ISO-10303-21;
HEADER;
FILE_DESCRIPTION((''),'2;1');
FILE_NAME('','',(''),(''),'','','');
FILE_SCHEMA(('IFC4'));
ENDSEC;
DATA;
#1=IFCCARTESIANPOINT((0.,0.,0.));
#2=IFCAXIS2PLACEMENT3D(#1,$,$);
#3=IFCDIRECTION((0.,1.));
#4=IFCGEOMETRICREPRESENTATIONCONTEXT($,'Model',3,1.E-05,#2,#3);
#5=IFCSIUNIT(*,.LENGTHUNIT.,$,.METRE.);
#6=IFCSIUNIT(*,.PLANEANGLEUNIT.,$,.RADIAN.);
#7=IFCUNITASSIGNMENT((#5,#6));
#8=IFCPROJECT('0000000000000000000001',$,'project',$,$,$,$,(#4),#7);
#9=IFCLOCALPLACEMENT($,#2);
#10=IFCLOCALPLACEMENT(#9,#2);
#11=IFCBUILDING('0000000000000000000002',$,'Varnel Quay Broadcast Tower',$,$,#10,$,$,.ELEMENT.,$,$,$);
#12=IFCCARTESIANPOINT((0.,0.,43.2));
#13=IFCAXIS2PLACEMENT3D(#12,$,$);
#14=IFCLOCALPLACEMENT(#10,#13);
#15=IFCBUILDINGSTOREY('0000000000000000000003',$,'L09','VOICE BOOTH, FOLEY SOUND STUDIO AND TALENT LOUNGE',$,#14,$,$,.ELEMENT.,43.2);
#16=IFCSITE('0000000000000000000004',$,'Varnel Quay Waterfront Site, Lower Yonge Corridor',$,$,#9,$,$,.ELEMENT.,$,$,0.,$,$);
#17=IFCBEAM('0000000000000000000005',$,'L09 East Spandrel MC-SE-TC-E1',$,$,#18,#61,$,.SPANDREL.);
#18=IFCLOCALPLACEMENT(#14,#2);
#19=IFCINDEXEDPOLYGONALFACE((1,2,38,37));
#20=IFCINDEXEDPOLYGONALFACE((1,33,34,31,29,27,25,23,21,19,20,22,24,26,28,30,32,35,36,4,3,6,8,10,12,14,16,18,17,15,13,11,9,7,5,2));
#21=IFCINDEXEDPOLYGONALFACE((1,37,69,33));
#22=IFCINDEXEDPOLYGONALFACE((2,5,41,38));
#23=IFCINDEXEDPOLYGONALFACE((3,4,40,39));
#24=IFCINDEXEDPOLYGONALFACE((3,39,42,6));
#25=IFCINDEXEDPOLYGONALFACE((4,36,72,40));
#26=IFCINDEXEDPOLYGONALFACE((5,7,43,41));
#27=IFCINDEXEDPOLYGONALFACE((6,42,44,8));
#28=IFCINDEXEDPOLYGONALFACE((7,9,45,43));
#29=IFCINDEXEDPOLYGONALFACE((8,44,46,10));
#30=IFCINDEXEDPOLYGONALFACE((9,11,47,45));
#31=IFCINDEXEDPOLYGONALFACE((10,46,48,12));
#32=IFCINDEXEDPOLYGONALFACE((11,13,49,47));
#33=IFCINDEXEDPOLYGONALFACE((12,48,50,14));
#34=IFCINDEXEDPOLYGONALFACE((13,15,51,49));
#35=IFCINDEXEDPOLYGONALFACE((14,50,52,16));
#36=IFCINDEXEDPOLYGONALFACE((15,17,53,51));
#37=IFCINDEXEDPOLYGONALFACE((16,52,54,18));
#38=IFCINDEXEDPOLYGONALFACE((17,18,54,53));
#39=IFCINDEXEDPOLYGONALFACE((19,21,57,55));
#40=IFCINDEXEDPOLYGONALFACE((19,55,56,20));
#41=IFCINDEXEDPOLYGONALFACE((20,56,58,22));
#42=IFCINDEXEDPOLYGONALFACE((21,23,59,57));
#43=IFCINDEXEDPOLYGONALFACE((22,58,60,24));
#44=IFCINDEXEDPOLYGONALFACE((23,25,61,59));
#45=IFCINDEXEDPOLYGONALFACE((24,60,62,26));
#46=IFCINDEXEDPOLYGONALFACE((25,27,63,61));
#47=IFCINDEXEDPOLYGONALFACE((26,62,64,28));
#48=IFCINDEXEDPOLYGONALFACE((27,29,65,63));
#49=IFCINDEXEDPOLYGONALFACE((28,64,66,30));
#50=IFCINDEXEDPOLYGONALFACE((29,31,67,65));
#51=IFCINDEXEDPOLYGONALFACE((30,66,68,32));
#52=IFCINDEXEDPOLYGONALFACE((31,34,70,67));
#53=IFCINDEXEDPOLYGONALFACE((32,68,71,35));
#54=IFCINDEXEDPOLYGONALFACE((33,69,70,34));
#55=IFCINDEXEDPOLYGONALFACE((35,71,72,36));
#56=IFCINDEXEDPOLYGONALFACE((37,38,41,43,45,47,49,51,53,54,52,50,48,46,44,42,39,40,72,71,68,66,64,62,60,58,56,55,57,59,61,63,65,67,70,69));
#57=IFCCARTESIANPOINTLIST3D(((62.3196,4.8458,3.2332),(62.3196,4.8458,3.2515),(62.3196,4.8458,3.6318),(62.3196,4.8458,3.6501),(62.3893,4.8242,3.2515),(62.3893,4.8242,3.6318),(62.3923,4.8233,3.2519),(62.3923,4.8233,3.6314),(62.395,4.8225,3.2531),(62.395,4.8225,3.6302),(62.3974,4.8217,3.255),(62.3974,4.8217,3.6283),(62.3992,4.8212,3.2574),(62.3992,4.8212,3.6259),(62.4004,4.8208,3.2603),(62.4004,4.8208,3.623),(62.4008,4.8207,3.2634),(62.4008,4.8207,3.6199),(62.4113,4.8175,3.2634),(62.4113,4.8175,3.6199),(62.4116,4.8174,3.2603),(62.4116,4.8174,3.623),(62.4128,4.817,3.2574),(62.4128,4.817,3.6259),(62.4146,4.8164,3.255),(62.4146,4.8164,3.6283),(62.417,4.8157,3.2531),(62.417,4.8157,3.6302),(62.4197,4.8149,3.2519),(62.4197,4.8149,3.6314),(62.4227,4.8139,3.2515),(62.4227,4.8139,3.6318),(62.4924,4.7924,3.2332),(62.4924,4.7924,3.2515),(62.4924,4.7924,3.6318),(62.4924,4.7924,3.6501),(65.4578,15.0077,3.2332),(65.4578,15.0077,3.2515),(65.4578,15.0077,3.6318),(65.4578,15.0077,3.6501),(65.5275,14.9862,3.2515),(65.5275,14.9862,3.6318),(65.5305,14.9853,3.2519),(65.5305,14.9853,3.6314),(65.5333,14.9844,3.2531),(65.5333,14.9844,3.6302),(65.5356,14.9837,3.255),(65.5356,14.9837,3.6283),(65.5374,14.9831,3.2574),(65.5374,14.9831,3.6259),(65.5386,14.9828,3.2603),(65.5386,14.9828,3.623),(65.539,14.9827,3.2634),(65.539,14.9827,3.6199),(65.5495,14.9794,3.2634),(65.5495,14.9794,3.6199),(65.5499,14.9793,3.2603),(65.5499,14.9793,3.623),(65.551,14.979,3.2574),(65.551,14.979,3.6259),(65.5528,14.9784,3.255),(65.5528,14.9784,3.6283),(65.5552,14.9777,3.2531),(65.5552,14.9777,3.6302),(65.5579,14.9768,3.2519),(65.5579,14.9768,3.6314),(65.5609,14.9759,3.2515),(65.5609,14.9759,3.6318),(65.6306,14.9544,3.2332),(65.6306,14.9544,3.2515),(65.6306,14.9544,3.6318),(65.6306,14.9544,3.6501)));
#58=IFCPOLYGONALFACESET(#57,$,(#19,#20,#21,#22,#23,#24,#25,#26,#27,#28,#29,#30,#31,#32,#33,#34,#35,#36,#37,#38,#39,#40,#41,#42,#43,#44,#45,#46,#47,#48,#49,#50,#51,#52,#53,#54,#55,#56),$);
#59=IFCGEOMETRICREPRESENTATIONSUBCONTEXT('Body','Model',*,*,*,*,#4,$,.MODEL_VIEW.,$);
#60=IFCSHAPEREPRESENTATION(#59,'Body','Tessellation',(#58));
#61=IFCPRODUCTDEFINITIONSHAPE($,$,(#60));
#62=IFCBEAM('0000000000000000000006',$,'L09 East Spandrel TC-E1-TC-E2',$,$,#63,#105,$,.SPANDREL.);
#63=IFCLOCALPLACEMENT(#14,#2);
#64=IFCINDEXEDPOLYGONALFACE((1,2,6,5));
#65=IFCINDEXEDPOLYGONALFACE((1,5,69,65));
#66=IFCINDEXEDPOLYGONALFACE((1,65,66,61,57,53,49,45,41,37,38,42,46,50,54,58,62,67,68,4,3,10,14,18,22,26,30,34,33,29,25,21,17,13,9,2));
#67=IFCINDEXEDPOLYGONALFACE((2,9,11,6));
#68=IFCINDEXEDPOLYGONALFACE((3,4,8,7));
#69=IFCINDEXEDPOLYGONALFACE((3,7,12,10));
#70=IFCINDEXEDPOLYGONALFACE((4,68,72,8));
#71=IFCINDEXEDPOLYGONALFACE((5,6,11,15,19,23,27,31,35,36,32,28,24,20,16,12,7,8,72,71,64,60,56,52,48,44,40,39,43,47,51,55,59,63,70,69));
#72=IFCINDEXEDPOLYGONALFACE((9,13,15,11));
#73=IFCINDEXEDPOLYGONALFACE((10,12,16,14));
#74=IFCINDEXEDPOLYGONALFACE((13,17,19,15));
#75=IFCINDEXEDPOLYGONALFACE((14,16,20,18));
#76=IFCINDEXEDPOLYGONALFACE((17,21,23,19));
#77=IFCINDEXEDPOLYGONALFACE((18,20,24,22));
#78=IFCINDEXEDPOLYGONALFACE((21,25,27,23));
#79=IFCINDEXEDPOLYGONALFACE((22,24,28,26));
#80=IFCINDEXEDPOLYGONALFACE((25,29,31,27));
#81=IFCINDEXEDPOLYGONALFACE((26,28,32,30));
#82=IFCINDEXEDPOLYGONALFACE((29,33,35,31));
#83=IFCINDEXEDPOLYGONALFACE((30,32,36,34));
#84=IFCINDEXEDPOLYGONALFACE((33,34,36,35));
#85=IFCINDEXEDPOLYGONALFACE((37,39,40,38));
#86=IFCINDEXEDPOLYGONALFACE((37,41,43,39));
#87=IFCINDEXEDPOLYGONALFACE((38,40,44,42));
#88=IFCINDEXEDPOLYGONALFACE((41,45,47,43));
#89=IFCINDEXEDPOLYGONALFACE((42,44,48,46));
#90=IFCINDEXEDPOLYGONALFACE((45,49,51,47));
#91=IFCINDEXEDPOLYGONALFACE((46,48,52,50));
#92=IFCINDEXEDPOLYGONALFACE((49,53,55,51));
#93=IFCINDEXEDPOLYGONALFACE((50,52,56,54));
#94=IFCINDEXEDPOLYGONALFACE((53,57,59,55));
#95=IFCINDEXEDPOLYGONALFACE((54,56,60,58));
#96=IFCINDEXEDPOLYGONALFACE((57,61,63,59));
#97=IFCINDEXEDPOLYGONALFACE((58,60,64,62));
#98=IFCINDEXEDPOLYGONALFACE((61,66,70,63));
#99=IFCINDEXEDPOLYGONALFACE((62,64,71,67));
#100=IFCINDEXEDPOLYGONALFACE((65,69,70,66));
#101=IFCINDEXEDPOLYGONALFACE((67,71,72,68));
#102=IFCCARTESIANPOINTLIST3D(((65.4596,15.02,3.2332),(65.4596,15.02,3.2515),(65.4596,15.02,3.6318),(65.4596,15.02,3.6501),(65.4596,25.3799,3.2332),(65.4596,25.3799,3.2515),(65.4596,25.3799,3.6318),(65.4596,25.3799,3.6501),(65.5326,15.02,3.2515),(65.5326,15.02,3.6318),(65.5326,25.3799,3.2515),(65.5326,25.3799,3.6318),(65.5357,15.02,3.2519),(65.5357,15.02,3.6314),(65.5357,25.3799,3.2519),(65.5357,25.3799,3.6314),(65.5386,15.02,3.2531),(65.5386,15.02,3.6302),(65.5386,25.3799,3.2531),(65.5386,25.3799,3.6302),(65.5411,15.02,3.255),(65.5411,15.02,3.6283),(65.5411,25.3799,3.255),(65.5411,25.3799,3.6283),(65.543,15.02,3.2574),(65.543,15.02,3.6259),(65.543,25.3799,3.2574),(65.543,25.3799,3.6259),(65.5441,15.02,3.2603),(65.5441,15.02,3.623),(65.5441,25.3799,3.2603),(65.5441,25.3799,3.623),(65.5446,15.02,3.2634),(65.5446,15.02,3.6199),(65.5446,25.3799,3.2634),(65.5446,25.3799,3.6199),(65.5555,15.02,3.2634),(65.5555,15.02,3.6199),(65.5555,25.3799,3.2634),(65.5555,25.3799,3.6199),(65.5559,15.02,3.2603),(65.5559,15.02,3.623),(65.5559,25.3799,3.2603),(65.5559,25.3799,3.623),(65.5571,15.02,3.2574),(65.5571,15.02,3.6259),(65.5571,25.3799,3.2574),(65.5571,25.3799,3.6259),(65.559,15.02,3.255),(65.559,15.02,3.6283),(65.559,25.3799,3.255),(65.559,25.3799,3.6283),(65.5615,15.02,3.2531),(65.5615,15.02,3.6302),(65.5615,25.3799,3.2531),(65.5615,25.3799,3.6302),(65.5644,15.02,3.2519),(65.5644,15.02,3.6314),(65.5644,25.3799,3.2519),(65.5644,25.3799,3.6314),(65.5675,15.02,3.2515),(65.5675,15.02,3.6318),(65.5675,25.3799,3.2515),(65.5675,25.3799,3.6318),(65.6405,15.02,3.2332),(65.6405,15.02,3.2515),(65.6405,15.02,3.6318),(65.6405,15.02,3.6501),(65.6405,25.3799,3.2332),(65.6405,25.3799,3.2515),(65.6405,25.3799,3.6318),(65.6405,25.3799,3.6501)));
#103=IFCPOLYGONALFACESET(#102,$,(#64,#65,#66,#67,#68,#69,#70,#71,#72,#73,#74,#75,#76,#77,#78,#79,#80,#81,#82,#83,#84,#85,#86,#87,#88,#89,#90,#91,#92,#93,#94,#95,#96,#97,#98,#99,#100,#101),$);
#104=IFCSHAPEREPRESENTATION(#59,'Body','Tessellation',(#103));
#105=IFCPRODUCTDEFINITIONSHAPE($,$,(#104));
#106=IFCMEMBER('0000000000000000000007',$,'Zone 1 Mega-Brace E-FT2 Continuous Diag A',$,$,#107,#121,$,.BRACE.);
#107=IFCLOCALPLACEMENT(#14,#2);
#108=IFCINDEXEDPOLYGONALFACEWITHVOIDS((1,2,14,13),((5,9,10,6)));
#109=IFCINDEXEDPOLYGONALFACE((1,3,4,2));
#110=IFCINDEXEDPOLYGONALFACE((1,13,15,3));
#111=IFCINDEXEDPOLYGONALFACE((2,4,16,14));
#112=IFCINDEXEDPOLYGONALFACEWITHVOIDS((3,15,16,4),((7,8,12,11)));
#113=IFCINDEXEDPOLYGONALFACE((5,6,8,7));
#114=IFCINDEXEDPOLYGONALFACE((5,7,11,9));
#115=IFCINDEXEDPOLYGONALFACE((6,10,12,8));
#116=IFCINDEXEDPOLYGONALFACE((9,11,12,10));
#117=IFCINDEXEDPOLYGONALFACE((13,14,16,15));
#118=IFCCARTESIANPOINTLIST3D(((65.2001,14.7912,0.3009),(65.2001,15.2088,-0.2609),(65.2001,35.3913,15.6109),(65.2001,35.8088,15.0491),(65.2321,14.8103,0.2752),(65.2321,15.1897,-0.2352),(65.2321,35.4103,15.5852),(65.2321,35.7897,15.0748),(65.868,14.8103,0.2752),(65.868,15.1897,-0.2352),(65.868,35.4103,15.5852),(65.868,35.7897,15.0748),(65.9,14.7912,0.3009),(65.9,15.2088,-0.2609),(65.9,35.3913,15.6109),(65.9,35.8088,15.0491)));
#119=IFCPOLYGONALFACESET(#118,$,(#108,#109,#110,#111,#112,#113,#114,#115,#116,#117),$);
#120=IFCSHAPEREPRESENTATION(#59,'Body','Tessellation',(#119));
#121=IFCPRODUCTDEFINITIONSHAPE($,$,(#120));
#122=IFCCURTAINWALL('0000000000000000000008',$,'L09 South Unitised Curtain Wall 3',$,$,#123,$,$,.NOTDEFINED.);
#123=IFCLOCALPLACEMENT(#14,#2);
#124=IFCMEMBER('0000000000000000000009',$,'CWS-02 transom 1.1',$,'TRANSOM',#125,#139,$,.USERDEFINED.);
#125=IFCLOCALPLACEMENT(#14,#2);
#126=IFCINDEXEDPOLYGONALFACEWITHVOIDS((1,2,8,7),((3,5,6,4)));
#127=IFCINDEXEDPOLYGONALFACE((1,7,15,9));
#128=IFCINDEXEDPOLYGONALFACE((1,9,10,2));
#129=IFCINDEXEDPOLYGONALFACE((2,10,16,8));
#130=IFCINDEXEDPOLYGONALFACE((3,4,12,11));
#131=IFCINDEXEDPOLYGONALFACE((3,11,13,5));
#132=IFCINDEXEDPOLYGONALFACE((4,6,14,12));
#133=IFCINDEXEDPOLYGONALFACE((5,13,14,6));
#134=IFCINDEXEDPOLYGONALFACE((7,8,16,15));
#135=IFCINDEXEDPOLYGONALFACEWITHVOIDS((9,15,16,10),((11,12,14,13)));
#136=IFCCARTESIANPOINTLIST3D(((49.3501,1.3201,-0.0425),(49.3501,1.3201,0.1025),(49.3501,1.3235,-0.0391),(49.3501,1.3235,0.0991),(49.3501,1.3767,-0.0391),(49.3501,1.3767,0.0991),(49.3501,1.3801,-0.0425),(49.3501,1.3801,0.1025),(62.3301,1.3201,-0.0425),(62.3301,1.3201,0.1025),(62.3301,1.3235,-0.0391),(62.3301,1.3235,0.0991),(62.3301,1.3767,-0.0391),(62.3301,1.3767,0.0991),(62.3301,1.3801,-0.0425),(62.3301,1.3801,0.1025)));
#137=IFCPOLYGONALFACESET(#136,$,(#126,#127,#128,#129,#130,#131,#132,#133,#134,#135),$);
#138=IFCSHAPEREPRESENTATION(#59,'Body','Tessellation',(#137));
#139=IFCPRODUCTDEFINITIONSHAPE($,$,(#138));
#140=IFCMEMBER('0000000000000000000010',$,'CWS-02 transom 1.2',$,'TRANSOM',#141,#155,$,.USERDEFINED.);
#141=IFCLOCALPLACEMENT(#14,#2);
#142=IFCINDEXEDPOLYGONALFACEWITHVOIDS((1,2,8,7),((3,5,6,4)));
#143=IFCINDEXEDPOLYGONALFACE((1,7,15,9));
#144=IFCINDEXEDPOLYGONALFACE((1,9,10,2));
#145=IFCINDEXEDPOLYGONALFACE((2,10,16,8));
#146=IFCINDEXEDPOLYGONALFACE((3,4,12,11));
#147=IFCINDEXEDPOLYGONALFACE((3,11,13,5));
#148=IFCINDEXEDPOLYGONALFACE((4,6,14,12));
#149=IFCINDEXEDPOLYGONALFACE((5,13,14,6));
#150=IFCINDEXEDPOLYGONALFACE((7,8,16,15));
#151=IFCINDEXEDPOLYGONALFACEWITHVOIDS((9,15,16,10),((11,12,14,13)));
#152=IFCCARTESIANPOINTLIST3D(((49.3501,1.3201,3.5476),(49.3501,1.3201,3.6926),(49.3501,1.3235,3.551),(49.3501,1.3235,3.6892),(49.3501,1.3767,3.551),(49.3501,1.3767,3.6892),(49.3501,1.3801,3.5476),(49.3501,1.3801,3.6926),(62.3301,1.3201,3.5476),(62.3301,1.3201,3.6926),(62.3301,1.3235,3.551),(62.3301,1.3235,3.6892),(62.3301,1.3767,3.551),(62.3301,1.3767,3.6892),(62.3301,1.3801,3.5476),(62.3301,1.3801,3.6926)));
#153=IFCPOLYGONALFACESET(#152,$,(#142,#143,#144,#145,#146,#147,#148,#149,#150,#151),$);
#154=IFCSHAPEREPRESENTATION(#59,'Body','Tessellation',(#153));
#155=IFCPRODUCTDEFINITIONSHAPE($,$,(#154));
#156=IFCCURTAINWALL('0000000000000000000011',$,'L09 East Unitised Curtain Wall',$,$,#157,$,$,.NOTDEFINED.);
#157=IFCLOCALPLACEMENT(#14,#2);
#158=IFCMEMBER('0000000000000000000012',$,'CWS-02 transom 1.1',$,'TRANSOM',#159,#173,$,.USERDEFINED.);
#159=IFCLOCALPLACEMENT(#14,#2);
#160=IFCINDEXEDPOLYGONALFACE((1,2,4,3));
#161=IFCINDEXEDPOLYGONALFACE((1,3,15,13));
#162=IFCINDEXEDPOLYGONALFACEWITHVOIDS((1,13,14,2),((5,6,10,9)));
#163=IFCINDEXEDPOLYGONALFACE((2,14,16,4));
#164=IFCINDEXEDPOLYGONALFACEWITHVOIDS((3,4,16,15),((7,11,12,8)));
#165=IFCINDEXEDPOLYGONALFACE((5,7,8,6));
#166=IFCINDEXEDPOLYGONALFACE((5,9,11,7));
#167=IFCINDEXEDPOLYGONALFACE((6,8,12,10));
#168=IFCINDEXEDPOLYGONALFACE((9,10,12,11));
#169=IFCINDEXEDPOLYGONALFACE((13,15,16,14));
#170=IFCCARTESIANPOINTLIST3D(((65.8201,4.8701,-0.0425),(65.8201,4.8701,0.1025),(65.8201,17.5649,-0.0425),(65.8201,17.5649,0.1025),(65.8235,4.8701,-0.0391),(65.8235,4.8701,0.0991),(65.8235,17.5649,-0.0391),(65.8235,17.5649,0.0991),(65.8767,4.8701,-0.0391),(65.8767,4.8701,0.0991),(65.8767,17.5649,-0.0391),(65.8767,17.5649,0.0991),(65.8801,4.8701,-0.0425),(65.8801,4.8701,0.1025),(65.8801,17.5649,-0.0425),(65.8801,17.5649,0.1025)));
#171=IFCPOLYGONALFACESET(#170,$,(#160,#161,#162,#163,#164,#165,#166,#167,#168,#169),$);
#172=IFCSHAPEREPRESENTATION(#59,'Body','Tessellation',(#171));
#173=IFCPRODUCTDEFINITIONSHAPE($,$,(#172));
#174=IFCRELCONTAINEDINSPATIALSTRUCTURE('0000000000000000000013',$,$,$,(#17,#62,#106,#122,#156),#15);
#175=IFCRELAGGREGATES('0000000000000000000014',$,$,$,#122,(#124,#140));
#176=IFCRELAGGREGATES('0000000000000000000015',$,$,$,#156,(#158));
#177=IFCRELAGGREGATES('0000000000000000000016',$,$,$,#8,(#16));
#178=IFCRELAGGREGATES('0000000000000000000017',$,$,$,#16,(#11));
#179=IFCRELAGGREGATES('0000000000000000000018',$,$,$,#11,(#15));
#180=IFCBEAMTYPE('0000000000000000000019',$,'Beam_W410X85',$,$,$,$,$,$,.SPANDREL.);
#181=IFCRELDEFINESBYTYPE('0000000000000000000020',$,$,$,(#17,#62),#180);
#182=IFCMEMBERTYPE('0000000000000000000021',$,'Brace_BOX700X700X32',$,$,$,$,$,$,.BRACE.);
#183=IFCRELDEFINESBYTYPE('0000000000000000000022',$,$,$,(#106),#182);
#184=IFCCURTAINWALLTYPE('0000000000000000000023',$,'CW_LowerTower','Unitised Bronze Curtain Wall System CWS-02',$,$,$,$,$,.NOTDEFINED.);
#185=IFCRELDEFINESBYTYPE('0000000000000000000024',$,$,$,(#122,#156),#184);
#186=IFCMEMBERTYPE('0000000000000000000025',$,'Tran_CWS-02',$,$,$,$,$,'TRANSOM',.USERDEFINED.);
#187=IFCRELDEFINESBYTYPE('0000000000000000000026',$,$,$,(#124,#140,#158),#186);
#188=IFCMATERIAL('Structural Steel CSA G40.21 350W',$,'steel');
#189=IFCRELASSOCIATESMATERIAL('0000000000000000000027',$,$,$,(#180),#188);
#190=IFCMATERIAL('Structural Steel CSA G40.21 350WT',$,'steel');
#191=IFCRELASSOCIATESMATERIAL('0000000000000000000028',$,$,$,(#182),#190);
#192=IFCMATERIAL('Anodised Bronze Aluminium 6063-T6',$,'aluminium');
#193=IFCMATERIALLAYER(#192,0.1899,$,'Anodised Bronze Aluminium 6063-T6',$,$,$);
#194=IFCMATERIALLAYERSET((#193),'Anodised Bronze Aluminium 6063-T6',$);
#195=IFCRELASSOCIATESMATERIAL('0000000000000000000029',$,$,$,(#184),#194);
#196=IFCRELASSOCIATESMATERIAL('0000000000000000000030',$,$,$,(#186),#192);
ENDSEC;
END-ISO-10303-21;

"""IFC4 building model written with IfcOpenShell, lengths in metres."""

from ifc_helpers import new_model, si_unit, direction, frame, origin, origin_2d, place, context, subcontext, project, spatial, hollow_rectangle, i_section, extrude, source, transform, mapped, material, layer, layer_set, material_profile, profile_set, type_object, type_shapes, element, aggregate, save


model = new_model("IFC4")

# Units and contexts
model_context = context("Model", 3, precision=1e-05, world=origin(), true_north=direction((0.0, 1.0)))
body_context = subcontext(model_context, "Body", "Model", "MODEL_VIEW")
ifc_project = project(units=[si_unit("LENGTHUNIT", "METRE"), si_unit("PLANEANGLEUNIT", "RADIAN")], contexts=[model_context])

# Site, building, storey
site_placement = place(None, origin())
site = spatial("IfcSite", under=ifc_project, at=site_placement, Name="Varnel Quay Waterfront Site, Lower Yonge Corridor", CompositionType="ELEMENT", RefElevation=0.0)
building_placement = place(site_placement, origin())
building = spatial("IfcBuilding", under=site, at=building_placement, Name="Varnel Quay Broadcast Tower", CompositionType="ELEMENT")
storey_placement = place(building_placement, frame((0.0, 0.0, 43.2)))
storey = spatial("IfcBuildingStorey", under=building, at=storey_placement, Name="L09", Description="VOICE BOOTH, FOLEY SOUND STUDIO AND TALENT LOUNGE", CompositionType="ELEMENT", Elevation=43.2)

# Shared definitions
ifc_material_1 = material(Name="Structural Steel CSA G40.21 350WT", Category="steel")
ifc_material_2 = material(Name="Structural Steel CSA G40.21 350W", Category="steel")

# Beams
ifc_material_profile_1 = material_profile(ifc_material_2, i_section(OverallWidth=0.1809, OverallDepth=0.417, WebThickness=0.011, FlangeThickness=0.0183, FilletRadius=0.012, at=origin_2d()), Name="W410X85")
ifc_profile_set_1 = profile_set([ifc_material_profile_1], Name="Structural Steel CSA G40.21 350W")
beam_type = type_object("IfcBeamType", Name="Beam_W410X85", PredefinedType="SPANDREL", material=ifc_profile_set_1)
shared_shape_1 = source(origin(), body_context, "Body", "SweptSolid", [
    extrude(i_section(OverallWidth=0.1809, OverallDepth=0.417, WebThickness=0.011, FlangeThickness=0.0183, FilletRadius=0.012, at=origin_2d()), origin(), (0.0, 0.0, 1.0), 10.6355),
])
beam_1_placement = place(storey_placement, frame((62.406, 4.8191, 3.4417), z_axis=(0.29507, 0.955476, 0.0), x_axis=(-0.955476, 0.29507, 0.0)))
element("IfcBeam", 1, at=beam_1_placement, inside=storey, type_object=beam_type, Name="L09 East Spandrel MC-SE-TC-E1", PredefinedType="SPANDREL", context=body_context, shape_type="MappedRepresentation", body=[
    mapped(shared_shape_1, transform((0.0, 0.0, 0.0), x_axis=(1.0, 0.0, 0.0), y_axis=(0.0, 1.0, 0.0), z_axis=(0.0, 0.0, 1.0), scale=1.0)),
])
shared_shape_2 = source(origin(), body_context, "Body", "SweptSolid", [
    extrude(i_section(OverallWidth=0.1809, OverallDepth=0.417, WebThickness=0.011, FlangeThickness=0.0183, FilletRadius=0.012, at=origin_2d()), origin(), (0.0, 0.0, 1.0), 10.3599),
])
beam_2_placement = place(storey_placement, frame((65.55, 15.02, 3.4417), z_axis=(0.0, 1.0, 0.0), x_axis=(-1.0, 0.0, 0.0)))
element("IfcBeam", 2, at=beam_2_placement, inside=storey, type_object=beam_type, Name="L09 East Spandrel TC-E1-TC-E2", PredefinedType="SPANDREL", context=body_context, shape_type="MappedRepresentation", body=[
    mapped(shared_shape_2, transform((0.0, 0.0, 0.0), x_axis=(1.0, 0.0, 0.0), y_axis=(0.0, 1.0, 0.0), z_axis=(0.0, 0.0, 1.0), scale=1.0)),
])

# Member
ifc_material_profile_2 = material_profile(ifc_material_1, hollow_rectangle(XDim=0.7, YDim=0.7, WallThickness=0.032, at=origin_2d()), Name="BOX700X700X32")
ifc_profile_set_2 = profile_set([ifc_material_profile_2], Name="Structural Steel CSA G40.21 350WT")
member_type_1 = type_object("IfcMemberType", Name="Brace_BOX700X700X32", PredefinedType="BRACE", material=ifc_profile_set_2)
shared_shape_3 = source(origin(), body_context, "Body", "SweptSolid", [
    extrude(hollow_rectangle(XDim=0.7, YDim=0.7, WallThickness=0.032, at=origin_2d()), origin(), (0.0, 0.0, 1.0), 25.6663),
])
type_shapes(member_type_1, [shared_shape_3])
member_1_placement = place(storey_placement, frame((65.55, 15.0, 0.02), z_axis=(0.0, 0.802611, 0.596503), x_axis=(-1.0, 0.0, 0.0)))
element("IfcMember", 3, at=member_1_placement, inside=storey, type_object=member_type_1, Name="Zone 1 Mega-Brace E-FT2 Continuous Diag A", PredefinedType="BRACE", context=body_context, shape_type="MappedRepresentation", body=[
    mapped(shared_shape_3, transform((0.0, 0.0, 0.0), x_axis=(1.0, 0.0, 0.0), y_axis=(0.0, 1.0, 0.0), z_axis=(0.0, 0.0, 1.0), scale=1.0)),
])

# Curtain walls, members
ifc_material_3 = material(Name="Anodised Bronze Aluminium 6063-T6", Category="aluminium")
ifc_layer_1 = layer(ifc_material_3, 0.1899, Name="Anodised Bronze Aluminium 6063-T6")
ifc_layer_set_1 = layer_set([ifc_layer_1], Name="Anodised Bronze Aluminium 6063-T6")
curtain_wall_type_1 = type_object("IfcCurtainWallType", Name="CW_LowerTower", Description="Unitised Bronze Curtain Wall System CWS-02", PredefinedType="NOTDEFINED", material=ifc_layer_set_1)
curtain_wall_1_placement = place(storey_placement, origin())
curtain_wall_1 = element("IfcCurtainWall", 4, at=curtain_wall_1_placement, inside=storey, type_object=curtain_wall_type_1, Name="L09 South Unitised Curtain Wall 3", PredefinedType="NOTDEFINED")
ifc_material_profile_3 = material_profile(ifc_material_3, hollow_rectangle(XDim=0.0601, YDim=0.145, WallThickness=0.0034, at=origin_2d()), Name="ALU60X145X3.5")
ifc_profile_set_3 = profile_set([ifc_material_profile_3], Name="Anodised Bronze Aluminium 6063-T6")
member_type_2 = type_object("IfcMemberType", Name="Tran_CWS-02", ElementType="TRANSOM", PredefinedType="USERDEFINED", material=ifc_profile_set_3)
shared_shape_4 = source(origin(), body_context, "Body", "SweptSolid", [
    extrude(hollow_rectangle(XDim=0.0601, YDim=0.145, WallThickness=0.0034, at=origin_2d()), origin(), (0.0, 0.0, 1.0), 12.98),
])
member_2_placement = place(storey_placement, frame((49.3501, 1.3501, 0.03), z_axis=(1.0, 0.0, 0.0), x_axis=(0.0, 1.0, 0.0)))
member_2 = element("IfcMember", 5, at=member_2_placement, type_object=member_type_2, Name="CWS-02 transom 1.1", ObjectType="TRANSOM", PredefinedType="USERDEFINED", context=body_context, shape_type="MappedRepresentation", body=[
    mapped(shared_shape_4, transform((0.0, 0.0, 0.0), x_axis=(1.0, 0.0, 0.0), y_axis=(0.0, 1.0, 0.0), z_axis=(0.0, 0.0, 1.0), scale=1.0)),
])
member_3_placement = place(storey_placement, frame((49.3501, 1.3501, 3.6201), z_axis=(1.0, 0.0, 0.0), x_axis=(0.0, 1.0, 0.0)))
member_3 = element("IfcMember", 6, at=member_3_placement, type_object=member_type_2, Name="CWS-02 transom 1.2", ObjectType="TRANSOM", PredefinedType="USERDEFINED", context=body_context, shape_type="MappedRepresentation", body=[
    mapped(shared_shape_4, transform((0.0, 0.0, 0.0), x_axis=(1.0, 0.0, 0.0), y_axis=(0.0, 1.0, 0.0), z_axis=(0.0, 0.0, 1.0), scale=1.0)),
])
curtain_wall_2_placement = place(storey_placement, origin())
curtain_wall_2 = element("IfcCurtainWall", 7, at=curtain_wall_2_placement, inside=storey, type_object=curtain_wall_type_1, Name="L09 East Unitised Curtain Wall", PredefinedType="NOTDEFINED")
shared_shape_5 = source(origin(), body_context, "Body", "SweptSolid", [
    extrude(hollow_rectangle(XDim=0.0601, YDim=0.145, WallThickness=0.0034, at=origin_2d()), origin(), (0.0, 0.0, 1.0), 12.6948),
])
member_4_placement = place(storey_placement, frame((65.8501, 4.8701, 0.03), z_axis=(0.0, 1.0, 0.0), x_axis=(-1.0, 0.0, 0.0)))
member_4 = element("IfcMember", 8, at=member_4_placement, type_object=member_type_2, Name="CWS-02 transom 1.1", ObjectType="TRANSOM", PredefinedType="USERDEFINED", context=body_context, shape_type="MappedRepresentation", body=[
    mapped(shared_shape_5, transform((0.0, 0.0, 0.0), x_axis=(1.0, 0.0, 0.0), y_axis=(0.0, 1.0, 0.0), z_axis=(0.0, 0.0, 1.0), scale=1.0)),
])

aggregate(curtain_wall_1, [member_2, member_3])
aggregate(curtain_wall_2, [member_4])

save(model, "model.ifc")
